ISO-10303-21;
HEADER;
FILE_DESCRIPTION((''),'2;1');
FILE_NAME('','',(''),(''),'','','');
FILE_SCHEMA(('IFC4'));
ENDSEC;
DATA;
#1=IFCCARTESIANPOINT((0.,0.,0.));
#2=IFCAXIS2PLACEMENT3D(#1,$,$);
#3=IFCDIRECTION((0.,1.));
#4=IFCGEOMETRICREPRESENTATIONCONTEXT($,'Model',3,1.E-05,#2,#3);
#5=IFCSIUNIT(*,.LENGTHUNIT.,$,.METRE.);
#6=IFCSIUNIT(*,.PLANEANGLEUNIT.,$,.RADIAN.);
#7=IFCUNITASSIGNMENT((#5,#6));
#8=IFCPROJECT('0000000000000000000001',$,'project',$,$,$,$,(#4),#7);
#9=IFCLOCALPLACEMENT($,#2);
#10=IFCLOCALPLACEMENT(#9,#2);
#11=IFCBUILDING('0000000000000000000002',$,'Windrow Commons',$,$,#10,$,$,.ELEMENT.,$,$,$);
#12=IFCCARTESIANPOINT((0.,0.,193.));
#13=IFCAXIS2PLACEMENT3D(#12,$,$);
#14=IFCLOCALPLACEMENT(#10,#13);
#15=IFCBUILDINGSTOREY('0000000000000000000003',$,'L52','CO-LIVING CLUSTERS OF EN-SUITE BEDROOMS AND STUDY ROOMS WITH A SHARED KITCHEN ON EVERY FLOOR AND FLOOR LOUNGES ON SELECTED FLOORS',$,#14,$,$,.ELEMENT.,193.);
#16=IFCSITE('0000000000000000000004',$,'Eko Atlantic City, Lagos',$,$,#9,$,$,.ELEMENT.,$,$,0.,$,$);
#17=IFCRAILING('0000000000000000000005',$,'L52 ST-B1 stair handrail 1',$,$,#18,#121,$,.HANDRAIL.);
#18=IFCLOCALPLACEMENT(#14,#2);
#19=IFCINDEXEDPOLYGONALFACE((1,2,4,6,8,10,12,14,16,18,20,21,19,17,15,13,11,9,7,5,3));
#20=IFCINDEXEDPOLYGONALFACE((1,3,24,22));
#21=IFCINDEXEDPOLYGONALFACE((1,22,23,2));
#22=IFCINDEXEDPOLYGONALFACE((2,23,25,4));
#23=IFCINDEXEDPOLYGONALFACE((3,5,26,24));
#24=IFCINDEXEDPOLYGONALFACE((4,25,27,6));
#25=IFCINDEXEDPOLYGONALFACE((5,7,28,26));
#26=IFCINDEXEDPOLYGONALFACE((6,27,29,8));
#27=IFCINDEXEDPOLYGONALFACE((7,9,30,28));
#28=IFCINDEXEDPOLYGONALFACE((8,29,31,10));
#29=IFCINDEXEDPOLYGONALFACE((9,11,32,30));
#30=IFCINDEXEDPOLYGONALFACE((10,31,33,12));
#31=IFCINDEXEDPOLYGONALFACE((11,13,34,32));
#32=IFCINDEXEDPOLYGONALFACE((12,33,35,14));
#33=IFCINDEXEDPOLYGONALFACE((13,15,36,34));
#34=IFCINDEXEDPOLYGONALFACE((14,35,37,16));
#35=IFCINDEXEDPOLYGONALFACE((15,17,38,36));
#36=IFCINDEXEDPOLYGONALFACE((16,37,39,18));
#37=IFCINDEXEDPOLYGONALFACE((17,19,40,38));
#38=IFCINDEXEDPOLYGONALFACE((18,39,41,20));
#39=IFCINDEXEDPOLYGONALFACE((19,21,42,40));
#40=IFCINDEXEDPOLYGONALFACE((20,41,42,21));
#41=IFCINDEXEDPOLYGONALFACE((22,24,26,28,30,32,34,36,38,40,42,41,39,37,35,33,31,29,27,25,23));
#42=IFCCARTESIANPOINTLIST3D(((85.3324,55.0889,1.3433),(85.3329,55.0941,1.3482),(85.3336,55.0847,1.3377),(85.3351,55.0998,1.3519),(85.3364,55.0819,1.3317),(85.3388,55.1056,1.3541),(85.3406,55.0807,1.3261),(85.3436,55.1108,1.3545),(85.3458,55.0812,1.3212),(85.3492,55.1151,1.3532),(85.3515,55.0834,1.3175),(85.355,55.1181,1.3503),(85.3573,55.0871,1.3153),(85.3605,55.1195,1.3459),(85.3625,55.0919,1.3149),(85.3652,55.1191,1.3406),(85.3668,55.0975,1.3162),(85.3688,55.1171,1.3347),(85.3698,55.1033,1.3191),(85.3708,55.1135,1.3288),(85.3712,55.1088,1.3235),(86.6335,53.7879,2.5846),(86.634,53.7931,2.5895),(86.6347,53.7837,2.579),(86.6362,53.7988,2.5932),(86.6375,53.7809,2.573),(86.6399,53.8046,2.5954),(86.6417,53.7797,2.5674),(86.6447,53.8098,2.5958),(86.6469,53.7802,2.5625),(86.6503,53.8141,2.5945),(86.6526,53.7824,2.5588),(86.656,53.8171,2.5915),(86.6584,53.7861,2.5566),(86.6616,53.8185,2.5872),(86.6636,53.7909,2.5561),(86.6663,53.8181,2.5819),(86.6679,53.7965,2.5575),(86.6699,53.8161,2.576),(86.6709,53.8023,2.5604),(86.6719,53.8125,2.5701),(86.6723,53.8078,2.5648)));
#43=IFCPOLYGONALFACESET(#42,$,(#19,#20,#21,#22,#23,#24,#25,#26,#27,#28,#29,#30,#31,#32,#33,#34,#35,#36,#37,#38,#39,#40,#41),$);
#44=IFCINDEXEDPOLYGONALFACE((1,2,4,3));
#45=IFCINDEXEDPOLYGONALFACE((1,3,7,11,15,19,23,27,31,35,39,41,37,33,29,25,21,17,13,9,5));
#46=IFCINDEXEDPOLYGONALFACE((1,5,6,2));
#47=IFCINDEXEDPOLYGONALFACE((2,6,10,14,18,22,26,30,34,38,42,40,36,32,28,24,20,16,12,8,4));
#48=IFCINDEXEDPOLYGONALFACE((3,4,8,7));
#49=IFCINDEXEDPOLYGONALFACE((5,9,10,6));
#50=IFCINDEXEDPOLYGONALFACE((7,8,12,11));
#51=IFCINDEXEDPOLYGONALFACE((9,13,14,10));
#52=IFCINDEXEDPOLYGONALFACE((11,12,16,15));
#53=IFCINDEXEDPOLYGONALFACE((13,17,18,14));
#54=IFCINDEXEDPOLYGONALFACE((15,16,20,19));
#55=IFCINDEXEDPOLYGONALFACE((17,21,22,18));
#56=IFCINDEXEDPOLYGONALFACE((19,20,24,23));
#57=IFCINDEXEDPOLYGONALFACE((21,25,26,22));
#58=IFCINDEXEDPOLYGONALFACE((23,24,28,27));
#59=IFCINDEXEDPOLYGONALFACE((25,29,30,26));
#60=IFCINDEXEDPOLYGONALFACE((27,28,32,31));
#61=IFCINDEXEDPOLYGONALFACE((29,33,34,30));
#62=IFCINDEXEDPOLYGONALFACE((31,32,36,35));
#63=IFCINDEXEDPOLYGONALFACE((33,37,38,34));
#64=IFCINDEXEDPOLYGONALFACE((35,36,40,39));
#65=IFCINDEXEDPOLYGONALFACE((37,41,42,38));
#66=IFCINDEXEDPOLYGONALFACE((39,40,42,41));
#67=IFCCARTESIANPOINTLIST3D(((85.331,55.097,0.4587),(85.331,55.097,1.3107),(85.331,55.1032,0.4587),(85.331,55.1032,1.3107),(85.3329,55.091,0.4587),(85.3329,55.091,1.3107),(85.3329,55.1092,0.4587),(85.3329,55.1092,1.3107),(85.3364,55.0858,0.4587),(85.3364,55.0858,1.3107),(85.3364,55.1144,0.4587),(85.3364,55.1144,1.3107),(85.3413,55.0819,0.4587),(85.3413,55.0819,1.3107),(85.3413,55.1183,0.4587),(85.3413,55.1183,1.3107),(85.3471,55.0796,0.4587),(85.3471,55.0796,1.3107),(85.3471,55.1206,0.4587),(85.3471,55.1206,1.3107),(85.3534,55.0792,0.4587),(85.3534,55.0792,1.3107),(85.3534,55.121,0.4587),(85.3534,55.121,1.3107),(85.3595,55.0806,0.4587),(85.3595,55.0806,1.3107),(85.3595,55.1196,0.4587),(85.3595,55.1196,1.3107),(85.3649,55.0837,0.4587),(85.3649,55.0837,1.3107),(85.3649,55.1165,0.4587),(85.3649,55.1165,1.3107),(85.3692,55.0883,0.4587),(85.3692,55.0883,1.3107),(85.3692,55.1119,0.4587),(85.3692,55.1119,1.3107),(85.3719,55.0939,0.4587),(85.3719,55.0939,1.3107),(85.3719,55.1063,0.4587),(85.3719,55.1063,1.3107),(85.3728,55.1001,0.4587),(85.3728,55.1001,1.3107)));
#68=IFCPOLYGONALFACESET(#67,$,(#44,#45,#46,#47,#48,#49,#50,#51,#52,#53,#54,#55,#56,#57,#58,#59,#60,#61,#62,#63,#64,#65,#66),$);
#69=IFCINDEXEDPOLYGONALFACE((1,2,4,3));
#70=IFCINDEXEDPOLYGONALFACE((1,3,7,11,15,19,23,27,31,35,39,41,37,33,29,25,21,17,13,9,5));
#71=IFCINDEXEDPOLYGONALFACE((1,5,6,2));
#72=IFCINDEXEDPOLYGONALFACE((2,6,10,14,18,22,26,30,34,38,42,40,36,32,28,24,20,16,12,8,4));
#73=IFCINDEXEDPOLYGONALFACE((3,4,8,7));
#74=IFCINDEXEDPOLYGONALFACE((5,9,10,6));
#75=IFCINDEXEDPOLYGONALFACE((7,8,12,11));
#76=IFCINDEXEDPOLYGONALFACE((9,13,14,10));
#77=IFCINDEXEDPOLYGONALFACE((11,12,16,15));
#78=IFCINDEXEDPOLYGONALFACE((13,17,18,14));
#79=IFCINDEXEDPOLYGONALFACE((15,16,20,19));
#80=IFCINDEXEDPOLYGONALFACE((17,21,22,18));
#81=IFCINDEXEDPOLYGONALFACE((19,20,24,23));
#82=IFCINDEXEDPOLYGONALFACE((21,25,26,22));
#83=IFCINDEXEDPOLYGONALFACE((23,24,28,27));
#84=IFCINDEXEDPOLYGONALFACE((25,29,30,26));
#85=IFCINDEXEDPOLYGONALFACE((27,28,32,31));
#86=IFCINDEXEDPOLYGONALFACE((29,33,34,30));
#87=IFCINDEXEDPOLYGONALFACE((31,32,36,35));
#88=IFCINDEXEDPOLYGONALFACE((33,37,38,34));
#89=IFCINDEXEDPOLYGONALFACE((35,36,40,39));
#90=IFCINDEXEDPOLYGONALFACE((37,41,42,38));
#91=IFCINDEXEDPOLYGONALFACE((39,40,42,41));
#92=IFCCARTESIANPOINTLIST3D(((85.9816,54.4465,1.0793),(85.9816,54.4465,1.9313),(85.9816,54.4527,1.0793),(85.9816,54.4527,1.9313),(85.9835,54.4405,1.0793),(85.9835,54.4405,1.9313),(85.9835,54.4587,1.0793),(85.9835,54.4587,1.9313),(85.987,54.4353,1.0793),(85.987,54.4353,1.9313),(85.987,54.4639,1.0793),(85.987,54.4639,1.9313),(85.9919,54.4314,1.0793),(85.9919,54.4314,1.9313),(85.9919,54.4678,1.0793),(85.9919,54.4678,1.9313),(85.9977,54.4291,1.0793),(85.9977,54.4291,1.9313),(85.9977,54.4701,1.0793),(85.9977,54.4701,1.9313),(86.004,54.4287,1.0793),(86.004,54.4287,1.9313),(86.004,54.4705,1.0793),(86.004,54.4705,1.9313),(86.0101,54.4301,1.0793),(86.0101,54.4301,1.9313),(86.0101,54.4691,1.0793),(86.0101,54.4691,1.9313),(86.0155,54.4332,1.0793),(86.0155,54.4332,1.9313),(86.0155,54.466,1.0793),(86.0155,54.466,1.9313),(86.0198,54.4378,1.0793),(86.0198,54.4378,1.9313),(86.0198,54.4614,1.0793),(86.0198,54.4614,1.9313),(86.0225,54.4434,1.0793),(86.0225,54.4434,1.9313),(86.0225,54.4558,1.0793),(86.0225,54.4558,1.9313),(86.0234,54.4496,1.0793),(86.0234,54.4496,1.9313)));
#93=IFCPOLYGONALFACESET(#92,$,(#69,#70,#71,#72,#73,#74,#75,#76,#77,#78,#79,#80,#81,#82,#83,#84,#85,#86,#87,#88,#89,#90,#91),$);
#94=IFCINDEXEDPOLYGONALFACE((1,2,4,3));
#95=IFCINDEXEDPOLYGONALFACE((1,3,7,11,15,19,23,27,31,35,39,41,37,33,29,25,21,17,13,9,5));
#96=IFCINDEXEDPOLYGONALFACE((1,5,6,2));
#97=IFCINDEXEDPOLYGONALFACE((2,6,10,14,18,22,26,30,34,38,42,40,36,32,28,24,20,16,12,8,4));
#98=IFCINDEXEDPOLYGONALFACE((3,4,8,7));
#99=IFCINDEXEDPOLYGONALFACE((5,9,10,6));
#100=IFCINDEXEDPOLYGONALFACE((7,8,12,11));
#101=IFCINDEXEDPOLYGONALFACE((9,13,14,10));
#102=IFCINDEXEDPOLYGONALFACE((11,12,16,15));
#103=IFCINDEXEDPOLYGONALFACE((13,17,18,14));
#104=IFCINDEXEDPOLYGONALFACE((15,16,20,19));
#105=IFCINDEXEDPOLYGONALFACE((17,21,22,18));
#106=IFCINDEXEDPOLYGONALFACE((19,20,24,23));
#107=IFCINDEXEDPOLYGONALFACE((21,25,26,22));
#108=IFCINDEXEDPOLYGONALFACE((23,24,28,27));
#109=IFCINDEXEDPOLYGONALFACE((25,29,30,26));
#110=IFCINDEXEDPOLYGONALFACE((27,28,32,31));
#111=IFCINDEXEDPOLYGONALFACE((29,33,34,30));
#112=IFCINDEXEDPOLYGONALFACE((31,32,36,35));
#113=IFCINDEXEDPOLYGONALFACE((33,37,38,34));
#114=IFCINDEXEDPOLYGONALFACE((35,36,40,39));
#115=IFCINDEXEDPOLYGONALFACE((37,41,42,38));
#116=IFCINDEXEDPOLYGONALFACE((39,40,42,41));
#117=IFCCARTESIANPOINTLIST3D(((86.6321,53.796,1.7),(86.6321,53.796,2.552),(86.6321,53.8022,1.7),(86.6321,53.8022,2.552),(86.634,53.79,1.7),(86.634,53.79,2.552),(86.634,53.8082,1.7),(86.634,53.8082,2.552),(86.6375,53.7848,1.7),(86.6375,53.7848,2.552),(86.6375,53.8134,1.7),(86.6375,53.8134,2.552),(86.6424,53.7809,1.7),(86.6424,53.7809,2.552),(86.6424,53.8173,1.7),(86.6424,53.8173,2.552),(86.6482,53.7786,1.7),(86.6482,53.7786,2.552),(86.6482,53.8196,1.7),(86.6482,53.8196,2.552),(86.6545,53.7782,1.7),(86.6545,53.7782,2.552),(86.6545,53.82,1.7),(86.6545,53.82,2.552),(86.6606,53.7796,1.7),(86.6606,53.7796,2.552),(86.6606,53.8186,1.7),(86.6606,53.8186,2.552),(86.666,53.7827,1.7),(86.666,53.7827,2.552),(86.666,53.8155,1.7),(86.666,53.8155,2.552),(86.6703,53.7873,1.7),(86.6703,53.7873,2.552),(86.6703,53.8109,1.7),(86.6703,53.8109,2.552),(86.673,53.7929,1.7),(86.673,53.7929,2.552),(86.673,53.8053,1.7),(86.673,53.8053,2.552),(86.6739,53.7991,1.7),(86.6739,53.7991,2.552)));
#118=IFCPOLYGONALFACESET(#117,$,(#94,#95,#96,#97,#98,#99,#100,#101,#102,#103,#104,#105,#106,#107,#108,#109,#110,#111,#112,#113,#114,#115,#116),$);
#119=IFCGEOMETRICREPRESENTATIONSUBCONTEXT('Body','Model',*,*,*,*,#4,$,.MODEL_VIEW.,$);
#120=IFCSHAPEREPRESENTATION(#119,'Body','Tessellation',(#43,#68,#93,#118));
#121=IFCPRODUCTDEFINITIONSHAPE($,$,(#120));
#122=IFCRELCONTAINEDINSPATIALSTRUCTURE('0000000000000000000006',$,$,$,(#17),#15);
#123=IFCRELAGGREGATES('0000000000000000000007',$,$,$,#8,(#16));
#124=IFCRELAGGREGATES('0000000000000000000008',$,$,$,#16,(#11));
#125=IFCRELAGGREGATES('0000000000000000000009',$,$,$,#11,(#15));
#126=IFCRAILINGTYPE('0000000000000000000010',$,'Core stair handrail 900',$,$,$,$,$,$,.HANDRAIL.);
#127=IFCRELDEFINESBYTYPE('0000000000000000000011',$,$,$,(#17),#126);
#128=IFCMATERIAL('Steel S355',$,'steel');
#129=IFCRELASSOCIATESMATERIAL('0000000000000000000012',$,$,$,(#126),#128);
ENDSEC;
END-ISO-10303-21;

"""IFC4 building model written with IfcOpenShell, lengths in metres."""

from ifc_helpers import new_model, si_unit, direction, frame, origin, origin_2d, place, context, subcontext, project, spatial, circle, extrude, material, type_object, element, save


model = new_model("IFC4")

# Units and contexts
model_context = context("Model", 3, precision=1e-05, world=origin(), true_north=direction((0.0, 1.0)))
body_context = subcontext(model_context, "Body", "Model", "MODEL_VIEW")
ifc_project = project(units=[si_unit("LENGTHUNIT", "METRE"), si_unit("PLANEANGLEUNIT", "RADIAN")], contexts=[model_context])

# Site, building, storey
site_placement = place(None, origin())
site = spatial("IfcSite", under=ifc_project, at=site_placement, Name="Eko Atlantic City, Lagos", CompositionType="ELEMENT", RefElevation=0.0)
building_placement = place(site_placement, origin())
building = spatial("IfcBuilding", under=site, at=building_placement, Name="Windrow Commons", CompositionType="ELEMENT")
storey_placement = place(building_placement, frame((0.0, 0.0, 193.0)))
storey = spatial("IfcBuildingStorey", under=building, at=storey_placement, Name="L52", Description="CO-LIVING CLUSTERS OF EN-SUITE BEDROOMS AND STUDY ROOMS WITH A SHARED KITCHEN ON EVERY FLOOR AND FLOOR LOUNGES ON SELECTED FLOORS", CompositionType="ELEMENT", Elevation=193.0)

# Railing
ifc_material_1 = material(Name="Steel S355", Category="steel")
railing_type_1 = type_object("IfcRailingType", Name="Core stair handrail 900", PredefinedType="HANDRAIL", material=ifc_material_1)
railing_1_placement = place(storey_placement, frame((85.3518, 55.1001, 0.4587)))
element("IfcRailing", 1, at=railing_1_placement, inside=storey, type_object=railing_type_1, Name="L52 ST-B1 stair handrail 1", PredefinedType="HANDRAIL", context=body_context, shape_type="SweptSolid", body=[
    extrude(circle(Radius=0.024, at=origin_2d()), frame((0.0, 0.0, 0.876), z_axis=(0.586207, -0.586162, 0.559264), x_axis=(0.70708, 0.707134, 0.0)), (0.0, 0.0, 1.0), 2.2195),
    extrude(circle(Radius=0.021, at=origin_2d()), origin(), (0.0, 0.0, 1.0), 0.852),
    extrude(circle(Radius=0.021, at=origin_2d()), frame((0.6506, -0.6505, 0.6206)), (0.0, 0.0, 1.0), 0.852),
    extrude(circle(Radius=0.021, at=origin_2d()), frame((1.3011, -1.301, 1.2413)), (0.0, 0.0, 1.0), 0.852),
])

save(model, "model.ifc")
